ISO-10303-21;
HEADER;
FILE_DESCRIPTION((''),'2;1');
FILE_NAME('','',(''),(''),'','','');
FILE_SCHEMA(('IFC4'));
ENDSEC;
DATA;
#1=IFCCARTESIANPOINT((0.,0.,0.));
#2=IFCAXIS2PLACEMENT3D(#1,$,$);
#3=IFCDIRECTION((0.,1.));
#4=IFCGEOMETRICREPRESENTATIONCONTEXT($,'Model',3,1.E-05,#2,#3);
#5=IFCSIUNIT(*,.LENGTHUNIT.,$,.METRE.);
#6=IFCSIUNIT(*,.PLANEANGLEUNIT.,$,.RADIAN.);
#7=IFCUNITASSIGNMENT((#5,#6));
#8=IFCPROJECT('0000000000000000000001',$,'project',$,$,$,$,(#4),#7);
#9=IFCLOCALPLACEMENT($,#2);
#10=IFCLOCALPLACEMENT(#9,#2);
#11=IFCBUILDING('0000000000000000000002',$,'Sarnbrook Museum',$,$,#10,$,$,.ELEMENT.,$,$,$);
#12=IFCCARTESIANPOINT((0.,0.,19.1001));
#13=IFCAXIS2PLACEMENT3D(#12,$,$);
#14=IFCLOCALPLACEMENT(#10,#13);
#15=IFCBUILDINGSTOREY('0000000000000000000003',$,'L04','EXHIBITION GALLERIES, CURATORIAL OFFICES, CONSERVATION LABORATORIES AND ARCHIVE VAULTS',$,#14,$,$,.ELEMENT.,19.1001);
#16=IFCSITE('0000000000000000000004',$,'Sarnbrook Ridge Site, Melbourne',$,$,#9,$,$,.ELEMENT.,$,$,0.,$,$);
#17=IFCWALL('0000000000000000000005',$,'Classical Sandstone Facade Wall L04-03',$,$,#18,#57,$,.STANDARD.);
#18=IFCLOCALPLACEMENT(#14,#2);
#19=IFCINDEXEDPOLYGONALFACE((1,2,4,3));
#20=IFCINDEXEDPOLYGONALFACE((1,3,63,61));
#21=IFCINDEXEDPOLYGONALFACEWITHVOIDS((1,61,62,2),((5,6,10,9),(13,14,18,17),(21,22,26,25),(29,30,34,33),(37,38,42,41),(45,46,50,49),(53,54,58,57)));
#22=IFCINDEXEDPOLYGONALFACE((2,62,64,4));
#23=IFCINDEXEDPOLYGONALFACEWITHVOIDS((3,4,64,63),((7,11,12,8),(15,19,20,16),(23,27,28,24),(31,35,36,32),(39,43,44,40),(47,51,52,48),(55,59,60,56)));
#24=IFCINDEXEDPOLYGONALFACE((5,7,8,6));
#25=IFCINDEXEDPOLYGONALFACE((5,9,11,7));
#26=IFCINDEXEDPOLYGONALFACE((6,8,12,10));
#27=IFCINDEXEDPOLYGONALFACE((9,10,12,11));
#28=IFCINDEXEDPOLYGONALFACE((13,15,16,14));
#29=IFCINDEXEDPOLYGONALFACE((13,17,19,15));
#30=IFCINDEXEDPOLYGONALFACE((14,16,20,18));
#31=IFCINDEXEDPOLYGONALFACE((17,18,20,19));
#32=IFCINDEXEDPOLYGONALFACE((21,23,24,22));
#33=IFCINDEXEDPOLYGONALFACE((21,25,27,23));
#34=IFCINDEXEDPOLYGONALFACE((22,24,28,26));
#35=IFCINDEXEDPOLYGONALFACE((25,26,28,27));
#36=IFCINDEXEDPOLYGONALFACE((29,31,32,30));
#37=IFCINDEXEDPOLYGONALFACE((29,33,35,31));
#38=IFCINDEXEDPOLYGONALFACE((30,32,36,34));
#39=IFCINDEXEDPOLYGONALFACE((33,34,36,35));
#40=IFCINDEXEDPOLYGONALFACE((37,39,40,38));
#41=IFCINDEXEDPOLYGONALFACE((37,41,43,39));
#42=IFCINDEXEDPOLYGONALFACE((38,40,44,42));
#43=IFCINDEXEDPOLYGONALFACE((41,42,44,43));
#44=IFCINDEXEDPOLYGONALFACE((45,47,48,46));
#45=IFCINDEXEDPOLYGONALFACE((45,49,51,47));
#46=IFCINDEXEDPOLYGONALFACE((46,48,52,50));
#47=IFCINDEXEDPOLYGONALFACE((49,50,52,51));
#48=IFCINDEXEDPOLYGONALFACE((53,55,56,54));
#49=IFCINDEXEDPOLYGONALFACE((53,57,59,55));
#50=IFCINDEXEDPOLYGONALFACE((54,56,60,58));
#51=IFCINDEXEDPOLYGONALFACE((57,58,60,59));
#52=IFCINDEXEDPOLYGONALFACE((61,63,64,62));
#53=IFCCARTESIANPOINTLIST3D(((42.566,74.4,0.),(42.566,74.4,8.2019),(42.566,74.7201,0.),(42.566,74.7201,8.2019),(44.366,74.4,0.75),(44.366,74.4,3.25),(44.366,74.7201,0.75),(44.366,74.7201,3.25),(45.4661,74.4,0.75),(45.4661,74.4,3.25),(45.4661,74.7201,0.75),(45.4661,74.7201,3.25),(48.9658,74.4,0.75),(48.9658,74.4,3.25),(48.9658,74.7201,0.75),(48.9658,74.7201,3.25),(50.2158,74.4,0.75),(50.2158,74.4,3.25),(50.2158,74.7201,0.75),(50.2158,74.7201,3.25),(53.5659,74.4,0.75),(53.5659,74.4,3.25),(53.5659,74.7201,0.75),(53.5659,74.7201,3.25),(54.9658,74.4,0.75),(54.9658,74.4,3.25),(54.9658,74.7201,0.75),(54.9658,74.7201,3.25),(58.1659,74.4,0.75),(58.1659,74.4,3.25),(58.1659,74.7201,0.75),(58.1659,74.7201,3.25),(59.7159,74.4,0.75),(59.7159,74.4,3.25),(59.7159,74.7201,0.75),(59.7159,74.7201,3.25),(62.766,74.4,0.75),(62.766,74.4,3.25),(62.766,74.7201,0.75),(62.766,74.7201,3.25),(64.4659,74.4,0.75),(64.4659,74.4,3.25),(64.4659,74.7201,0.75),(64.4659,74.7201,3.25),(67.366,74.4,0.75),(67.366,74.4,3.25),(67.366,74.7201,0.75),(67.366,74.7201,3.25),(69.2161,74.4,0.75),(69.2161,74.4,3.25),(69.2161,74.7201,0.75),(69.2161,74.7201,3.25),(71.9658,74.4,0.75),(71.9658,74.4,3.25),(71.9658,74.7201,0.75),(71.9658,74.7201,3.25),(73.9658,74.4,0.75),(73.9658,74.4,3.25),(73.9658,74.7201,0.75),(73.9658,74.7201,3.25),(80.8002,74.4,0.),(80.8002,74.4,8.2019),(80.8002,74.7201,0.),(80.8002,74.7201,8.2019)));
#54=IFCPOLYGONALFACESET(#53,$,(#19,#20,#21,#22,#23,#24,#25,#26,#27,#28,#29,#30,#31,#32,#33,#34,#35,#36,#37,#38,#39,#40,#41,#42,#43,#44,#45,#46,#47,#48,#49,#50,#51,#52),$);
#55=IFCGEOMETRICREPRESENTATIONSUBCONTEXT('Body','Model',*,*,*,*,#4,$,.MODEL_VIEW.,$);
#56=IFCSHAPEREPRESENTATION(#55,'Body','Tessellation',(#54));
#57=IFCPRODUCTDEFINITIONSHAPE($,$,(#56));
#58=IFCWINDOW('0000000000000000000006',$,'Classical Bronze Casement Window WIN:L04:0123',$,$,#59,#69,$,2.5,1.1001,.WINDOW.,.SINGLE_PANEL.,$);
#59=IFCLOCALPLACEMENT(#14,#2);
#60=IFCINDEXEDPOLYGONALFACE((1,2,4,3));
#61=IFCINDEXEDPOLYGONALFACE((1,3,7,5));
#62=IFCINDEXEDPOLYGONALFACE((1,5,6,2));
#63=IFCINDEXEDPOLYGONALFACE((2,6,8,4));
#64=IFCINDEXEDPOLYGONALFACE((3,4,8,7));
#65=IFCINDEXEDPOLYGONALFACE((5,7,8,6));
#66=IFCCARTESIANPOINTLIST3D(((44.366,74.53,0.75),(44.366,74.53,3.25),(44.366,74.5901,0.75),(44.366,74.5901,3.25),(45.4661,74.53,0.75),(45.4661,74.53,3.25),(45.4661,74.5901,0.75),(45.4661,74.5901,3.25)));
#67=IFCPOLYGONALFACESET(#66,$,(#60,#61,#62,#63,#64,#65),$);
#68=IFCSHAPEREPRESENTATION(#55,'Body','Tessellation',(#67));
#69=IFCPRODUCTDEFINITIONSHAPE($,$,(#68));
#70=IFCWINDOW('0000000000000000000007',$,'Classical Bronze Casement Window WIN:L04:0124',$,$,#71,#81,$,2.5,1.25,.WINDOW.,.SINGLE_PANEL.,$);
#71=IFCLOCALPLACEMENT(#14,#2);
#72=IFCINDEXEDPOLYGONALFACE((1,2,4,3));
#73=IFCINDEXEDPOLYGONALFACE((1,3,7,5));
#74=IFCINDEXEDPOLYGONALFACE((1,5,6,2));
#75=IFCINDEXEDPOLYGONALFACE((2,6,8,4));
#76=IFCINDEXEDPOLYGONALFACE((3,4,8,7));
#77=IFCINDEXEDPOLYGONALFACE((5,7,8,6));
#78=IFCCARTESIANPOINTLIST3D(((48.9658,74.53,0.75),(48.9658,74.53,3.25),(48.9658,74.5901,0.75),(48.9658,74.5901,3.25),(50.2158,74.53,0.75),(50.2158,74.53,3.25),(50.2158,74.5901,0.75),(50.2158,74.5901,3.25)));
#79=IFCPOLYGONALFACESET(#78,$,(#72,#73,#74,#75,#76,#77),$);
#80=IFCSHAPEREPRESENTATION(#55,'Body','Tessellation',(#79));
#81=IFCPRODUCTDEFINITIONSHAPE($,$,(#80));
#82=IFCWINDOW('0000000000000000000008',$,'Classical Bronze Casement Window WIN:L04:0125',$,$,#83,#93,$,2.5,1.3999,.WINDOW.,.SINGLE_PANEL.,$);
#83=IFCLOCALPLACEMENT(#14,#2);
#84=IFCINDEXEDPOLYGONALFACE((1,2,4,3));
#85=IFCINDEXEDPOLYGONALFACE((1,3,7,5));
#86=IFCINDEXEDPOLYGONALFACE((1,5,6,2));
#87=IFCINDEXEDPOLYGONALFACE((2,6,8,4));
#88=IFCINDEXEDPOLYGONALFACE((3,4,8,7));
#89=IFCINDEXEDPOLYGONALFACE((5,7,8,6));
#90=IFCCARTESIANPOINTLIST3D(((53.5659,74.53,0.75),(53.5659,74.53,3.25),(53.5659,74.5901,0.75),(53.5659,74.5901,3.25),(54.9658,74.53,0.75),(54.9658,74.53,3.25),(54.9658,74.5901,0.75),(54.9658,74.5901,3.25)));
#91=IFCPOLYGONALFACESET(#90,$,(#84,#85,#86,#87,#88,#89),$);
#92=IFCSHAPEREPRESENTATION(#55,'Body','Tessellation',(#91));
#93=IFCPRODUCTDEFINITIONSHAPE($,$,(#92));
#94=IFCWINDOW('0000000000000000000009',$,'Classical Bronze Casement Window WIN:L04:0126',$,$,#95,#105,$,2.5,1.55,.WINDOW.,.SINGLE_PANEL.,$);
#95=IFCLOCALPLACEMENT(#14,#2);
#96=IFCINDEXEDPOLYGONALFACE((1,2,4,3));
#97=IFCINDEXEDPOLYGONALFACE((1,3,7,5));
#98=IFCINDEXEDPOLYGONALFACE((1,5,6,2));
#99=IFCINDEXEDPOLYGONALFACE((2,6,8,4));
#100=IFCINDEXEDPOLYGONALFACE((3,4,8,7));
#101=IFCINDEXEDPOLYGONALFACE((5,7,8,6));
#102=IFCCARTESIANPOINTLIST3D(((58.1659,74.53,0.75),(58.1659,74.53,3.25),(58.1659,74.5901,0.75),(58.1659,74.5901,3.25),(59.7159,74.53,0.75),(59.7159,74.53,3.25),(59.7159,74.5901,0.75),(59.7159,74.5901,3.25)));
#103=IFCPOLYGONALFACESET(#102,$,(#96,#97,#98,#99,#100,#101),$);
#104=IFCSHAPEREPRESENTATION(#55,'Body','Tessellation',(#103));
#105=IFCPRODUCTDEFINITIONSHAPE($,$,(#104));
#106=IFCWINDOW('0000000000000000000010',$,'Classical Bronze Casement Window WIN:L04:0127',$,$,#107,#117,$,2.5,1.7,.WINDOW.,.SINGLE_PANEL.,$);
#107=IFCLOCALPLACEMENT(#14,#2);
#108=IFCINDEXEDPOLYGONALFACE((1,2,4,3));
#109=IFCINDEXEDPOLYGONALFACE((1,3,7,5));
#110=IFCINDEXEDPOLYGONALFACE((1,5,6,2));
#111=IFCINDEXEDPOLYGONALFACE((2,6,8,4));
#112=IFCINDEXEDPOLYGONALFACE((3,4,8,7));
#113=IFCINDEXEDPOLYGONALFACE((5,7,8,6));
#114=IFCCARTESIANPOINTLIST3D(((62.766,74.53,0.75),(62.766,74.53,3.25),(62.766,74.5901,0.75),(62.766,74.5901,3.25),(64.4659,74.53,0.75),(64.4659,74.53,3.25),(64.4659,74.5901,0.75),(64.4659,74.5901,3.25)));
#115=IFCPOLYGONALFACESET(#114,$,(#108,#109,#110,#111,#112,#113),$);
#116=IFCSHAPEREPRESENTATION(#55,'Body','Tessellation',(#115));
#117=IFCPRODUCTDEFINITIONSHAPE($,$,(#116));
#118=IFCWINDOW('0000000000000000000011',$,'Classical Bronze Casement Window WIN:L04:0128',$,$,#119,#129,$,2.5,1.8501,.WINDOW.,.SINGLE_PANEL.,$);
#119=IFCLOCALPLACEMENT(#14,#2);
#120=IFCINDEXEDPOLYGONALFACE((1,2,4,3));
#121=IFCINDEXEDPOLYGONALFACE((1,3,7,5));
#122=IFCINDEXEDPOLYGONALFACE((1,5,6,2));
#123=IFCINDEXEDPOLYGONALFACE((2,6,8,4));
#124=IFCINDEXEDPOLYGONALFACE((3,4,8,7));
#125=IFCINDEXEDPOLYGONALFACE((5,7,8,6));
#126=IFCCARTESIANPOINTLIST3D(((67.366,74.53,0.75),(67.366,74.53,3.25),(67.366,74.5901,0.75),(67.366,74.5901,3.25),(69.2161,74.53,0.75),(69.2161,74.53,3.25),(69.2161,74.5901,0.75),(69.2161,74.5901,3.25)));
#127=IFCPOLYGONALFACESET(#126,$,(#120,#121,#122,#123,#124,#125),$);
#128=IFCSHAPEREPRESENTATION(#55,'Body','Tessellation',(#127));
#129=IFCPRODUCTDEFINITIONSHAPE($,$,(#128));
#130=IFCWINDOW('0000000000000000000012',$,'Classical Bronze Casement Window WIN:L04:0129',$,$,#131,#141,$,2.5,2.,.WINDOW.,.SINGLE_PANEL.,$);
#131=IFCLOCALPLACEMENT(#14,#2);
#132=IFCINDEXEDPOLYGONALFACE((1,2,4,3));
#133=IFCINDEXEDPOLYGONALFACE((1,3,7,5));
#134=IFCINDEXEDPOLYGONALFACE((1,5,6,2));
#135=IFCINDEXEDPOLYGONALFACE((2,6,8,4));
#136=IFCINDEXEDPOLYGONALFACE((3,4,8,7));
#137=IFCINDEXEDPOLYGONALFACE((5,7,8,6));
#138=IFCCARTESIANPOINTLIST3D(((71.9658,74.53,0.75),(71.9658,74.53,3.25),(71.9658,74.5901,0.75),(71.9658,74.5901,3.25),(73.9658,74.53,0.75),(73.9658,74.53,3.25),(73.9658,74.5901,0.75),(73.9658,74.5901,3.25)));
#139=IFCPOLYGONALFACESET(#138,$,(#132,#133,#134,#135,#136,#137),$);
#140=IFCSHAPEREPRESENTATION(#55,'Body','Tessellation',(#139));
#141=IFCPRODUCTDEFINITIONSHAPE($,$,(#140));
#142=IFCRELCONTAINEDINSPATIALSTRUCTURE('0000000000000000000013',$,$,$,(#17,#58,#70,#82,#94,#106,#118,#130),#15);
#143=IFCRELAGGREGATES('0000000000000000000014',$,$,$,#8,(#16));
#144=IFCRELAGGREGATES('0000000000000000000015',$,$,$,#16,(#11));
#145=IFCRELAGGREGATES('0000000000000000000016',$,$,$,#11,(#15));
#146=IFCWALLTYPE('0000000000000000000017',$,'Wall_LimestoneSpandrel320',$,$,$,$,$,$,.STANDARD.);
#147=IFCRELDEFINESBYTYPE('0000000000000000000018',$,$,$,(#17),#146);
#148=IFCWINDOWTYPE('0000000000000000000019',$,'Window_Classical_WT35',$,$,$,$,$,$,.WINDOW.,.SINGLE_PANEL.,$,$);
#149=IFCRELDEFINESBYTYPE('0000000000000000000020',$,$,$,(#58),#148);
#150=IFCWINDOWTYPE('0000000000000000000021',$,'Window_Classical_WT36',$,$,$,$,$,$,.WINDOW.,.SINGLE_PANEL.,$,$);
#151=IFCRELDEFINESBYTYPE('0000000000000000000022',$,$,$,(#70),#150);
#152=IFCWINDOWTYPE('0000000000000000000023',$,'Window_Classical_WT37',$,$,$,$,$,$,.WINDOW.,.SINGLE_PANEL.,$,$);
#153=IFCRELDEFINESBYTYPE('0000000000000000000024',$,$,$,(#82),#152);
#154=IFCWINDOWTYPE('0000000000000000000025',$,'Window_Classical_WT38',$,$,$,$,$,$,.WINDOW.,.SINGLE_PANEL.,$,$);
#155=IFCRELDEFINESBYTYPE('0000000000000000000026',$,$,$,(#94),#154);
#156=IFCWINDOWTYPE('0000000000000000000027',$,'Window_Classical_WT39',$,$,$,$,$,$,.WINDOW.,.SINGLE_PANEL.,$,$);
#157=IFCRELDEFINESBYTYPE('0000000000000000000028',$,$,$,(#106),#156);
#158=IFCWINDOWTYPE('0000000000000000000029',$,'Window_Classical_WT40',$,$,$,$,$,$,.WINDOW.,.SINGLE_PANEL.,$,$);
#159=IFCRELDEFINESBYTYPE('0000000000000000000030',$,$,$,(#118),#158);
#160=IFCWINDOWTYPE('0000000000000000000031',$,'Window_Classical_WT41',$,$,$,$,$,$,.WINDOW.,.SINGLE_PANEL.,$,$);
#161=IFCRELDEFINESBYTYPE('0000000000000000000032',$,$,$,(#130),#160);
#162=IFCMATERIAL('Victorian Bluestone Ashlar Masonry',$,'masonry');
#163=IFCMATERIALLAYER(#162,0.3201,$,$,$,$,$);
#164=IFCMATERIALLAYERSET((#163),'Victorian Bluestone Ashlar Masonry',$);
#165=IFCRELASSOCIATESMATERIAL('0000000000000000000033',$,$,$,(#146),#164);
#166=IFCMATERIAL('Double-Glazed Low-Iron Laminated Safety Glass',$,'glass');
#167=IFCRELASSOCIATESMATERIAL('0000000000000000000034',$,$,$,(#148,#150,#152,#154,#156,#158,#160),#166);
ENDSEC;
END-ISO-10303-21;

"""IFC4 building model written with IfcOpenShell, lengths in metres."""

from ifc_helpers import new_model, si_unit, direction, frame, frame_2d, origin, place, context, subcontext, project, spatial, rectangle, extrude, material, layer, layer_set, type_object, element, fill, save


model = new_model("IFC4")

# Units and contexts
model_context = context("Model", 3, precision=1e-05, world=origin(), true_north=direction((0.0, 1.0)))
body_context = subcontext(model_context, "Body", "Model", "MODEL_VIEW")
ifc_project = project(units=[si_unit("LENGTHUNIT", "METRE"), si_unit("PLANEANGLEUNIT", "RADIAN")], contexts=[model_context])

# Site, building, storey
site_placement = place(None, origin())
site = spatial("IfcSite", under=ifc_project, at=site_placement, Name="Sarnbrook Ridge Site, Melbourne", CompositionType="ELEMENT", RefElevation=0.0)
building_placement = place(site_placement, origin())
building = spatial("IfcBuilding", under=site, at=building_placement, Name="Sarnbrook Museum", CompositionType="ELEMENT")
storey_placement = place(building_placement, frame((0.0, 0.0, 19.1001)))
storey = spatial("IfcBuildingStorey", under=building, at=storey_placement, Name="L04", Description="EXHIBITION GALLERIES, CURATORIAL OFFICES, CONSERVATION LABORATORIES AND ARCHIVE VAULTS", CompositionType="ELEMENT", Elevation=19.1001)

# Shared definitions
ifc_material_1 = material(Name="Double-Glazed Low-Iron Laminated Safety Glass", Category="glass")

# Shared definitions
ifc_material_2 = material(Name="Victorian Bluestone Ashlar Masonry", Category="masonry")
ifc_layer_1 = layer(ifc_material_2, 0.3201)
ifc_layer_set_1 = layer_set([ifc_layer_1], Name="Victorian Bluestone Ashlar Masonry")
wall_type = type_object("IfcWallType", Name="Wall_LimestoneSpandrel320", PredefinedType="STANDARD", material=ifc_layer_set_1)

# Wall, openings, windows
wall_1_placement = place(storey_placement, frame((42.5659, 74.5601, 0.0), z_axis=(0.0, 0.0, 1.0), x_axis=(1.0, 0.0, 0.0)))
wall_1 = element("IfcWall", 1, at=wall_1_placement, inside=storey, type_object=wall_type, Name="Classical Sandstone Facade Wall L04-03", PredefinedType="STANDARD", context=body_context, shape_type="SweptSolid", body=[
    extrude(rectangle(XDim=38.2341, YDim=0.3201, at=frame_2d((19.1172, 0.0))), origin(), (0.0, 0.0, 1.0), 8.2019),
])
opening_1_placement = place(wall_1_placement, frame((1.8, 0.0, 0.75)))
opening_1 = element("IfcOpeningElement", 2, at=opening_1_placement, cuts=wall_1, PredefinedType="OPENING", context=body_context, shape_type="SweptSolid", body=[
    extrude(rectangle(XDim=1.1001, YDim=2.5, at=frame_2d((0.55, 1.25))), frame((0.0, 0.1699, 0.0), z_axis=(0.0, -1.0, 0.0), x_axis=(1.0, 0.0, 0.0)), (0.0, 0.0, 1.0), 0.3401),
])
opening_2_placement = place(wall_1_placement, frame((6.3999, 0.0, 0.75)))
opening_2 = element("IfcOpeningElement", 3, at=opening_2_placement, cuts=wall_1, PredefinedType="OPENING", context=body_context, shape_type="SweptSolid", body=[
    extrude(rectangle(XDim=1.25, YDim=2.5, at=frame_2d((0.625, 1.25))), frame((0.0, 0.1699, 0.0), z_axis=(0.0, -1.0, 0.0), x_axis=(1.0, 0.0, 0.0)), (0.0, 0.0, 1.0), 0.3401),
])
opening_3_placement = place(wall_1_placement, frame((11.0, 0.0, 0.75)))
opening_3 = element("IfcOpeningElement", 4, at=opening_3_placement, cuts=wall_1, PredefinedType="OPENING", context=body_context, shape_type="SweptSolid", body=[
    extrude(rectangle(XDim=1.3999, YDim=2.5, at=frame_2d((0.7, 1.25))), frame((0.0, 0.1699, 0.0), z_axis=(0.0, -1.0, 0.0), x_axis=(1.0, 0.0, 0.0)), (0.0, 0.0, 1.0), 0.3401),
])
opening_4_placement = place(wall_1_placement, frame((15.6001, 0.0, 0.75)))
opening_4 = element("IfcOpeningElement", 5, at=opening_4_placement, cuts=wall_1, PredefinedType="OPENING", context=body_context, shape_type="SweptSolid", body=[
    extrude(rectangle(XDim=1.55, YDim=2.5, at=frame_2d((0.7749, 1.25))), frame((0.0, 0.1699, 0.0), z_axis=(0.0, -1.0, 0.0), x_axis=(1.0, 0.0, 0.0)), (0.0, 0.0, 1.0), 0.3401),
])
opening_5_placement = place(wall_1_placement, frame((20.2, 0.0, 0.75)))
opening_5 = element("IfcOpeningElement", 6, at=opening_5_placement, cuts=wall_1, PredefinedType="OPENING", context=body_context, shape_type="SweptSolid", body=[
    extrude(rectangle(XDim=1.7, YDim=2.5, at=frame_2d((0.8501, 1.25))), frame((0.0, 0.1699, 0.0), z_axis=(0.0, -1.0, 0.0), x_axis=(1.0, 0.0, 0.0)), (0.0, 0.0, 1.0), 0.3401),
])
opening_6_placement = place(wall_1_placement, frame((24.8, 0.0, 0.75)))
opening_6 = element("IfcOpeningElement", 7, at=opening_6_placement, cuts=wall_1, PredefinedType="OPENING", context=body_context, shape_type="SweptSolid", body=[
    extrude(rectangle(XDim=1.8501, YDim=2.5, at=frame_2d((0.925, 1.25))), frame((0.0, 0.1699, 0.0), z_axis=(0.0, -1.0, 0.0), x_axis=(1.0, 0.0, 0.0)), (0.0, 0.0, 1.0), 0.3401),
])
opening_7_placement = place(wall_1_placement, frame((29.3999, 0.0, 0.75)))
opening_7 = element("IfcOpeningElement", 8, at=opening_7_placement, cuts=wall_1, PredefinedType="OPENING", context=body_context, shape_type="SweptSolid", body=[
    extrude(rectangle(XDim=2.0, YDim=2.5, at=frame_2d((1.0, 1.25))), frame((0.0, 0.1699, 0.0), z_axis=(0.0, -1.0, 0.0), x_axis=(1.0, 0.0, 0.0)), (0.0, 0.0, 1.0), 0.3401),
])
window_type_1 = type_object("IfcWindowType", Name="Window_Classical_WT35", PartitioningType="SINGLE_PANEL", PredefinedType="WINDOW", material=ifc_material_1)
window_1_placement = place(opening_1_placement, origin())
window_1 = element("IfcWindow", 9, at=window_1_placement, inside=storey, type_object=window_type_1, Name="Classical Bronze Casement Window WIN:L04:0123", OverallHeight=2.5, OverallWidth=1.1001, PartitioningType="SINGLE_PANEL", PredefinedType="WINDOW", context=body_context, shape_type="SweptSolid", body=[
    extrude(rectangle(XDim=1.1001, YDim=2.5, at=frame_2d((0.55, 1.25))), frame((0.0, 0.03, 0.0), z_axis=(0.0, -1.0, 0.0), x_axis=(1.0, 0.0, 0.0)), (0.0, 0.0, 1.0), 0.0601),
])
fill(opening_1, window_1)
window_type_2 = type_object("IfcWindowType", Name="Window_Classical_WT36", PartitioningType="SINGLE_PANEL", PredefinedType="WINDOW", material=ifc_material_1)
window_2_placement = place(opening_2_placement, origin())
window_2 = element("IfcWindow", 10, at=window_2_placement, inside=storey, type_object=window_type_2, Name="Classical Bronze Casement Window WIN:L04:0124", OverallHeight=2.5, OverallWidth=1.25, PartitioningType="SINGLE_PANEL", PredefinedType="WINDOW", context=body_context, shape_type="SweptSolid", body=[
    extrude(rectangle(XDim=1.25, YDim=2.5, at=frame_2d((0.625, 1.25))), frame((0.0, 0.03, 0.0), z_axis=(0.0, -1.0, 0.0), x_axis=(1.0, 0.0, 0.0)), (0.0, 0.0, 1.0), 0.0601),
])
fill(opening_2, window_2)
window_type_3 = type_object("IfcWindowType", Name="Window_Classical_WT37", PartitioningType="SINGLE_PANEL", PredefinedType="WINDOW", material=ifc_material_1)
window_3_placement = place(opening_3_placement, origin())
window_3 = element("IfcWindow", 11, at=window_3_placement, inside=storey, type_object=window_type_3, Name="Classical Bronze Casement Window WIN:L04:0125", OverallHeight=2.5, OverallWidth=1.3999, PartitioningType="SINGLE_PANEL", PredefinedType="WINDOW", context=body_context, shape_type="SweptSolid", body=[
    extrude(rectangle(XDim=1.3999, YDim=2.5, at=frame_2d((0.7, 1.25))), frame((0.0, 0.03, 0.0), z_axis=(0.0, -1.0, 0.0), x_axis=(1.0, 0.0, 0.0)), (0.0, 0.0, 1.0), 0.0601),
])
fill(opening_3, window_3)
window_type_4 = type_object("IfcWindowType", Name="Window_Classical_WT38", PartitioningType="SINGLE_PANEL", PredefinedType="WINDOW", material=ifc_material_1)
window_4_placement = place(opening_4_placement, origin())
window_4 = element("IfcWindow", 12, at=window_4_placement, inside=storey, type_object=window_type_4, Name="Classical Bronze Casement Window WIN:L04:0126", OverallHeight=2.5, OverallWidth=1.55, PartitioningType="SINGLE_PANEL", PredefinedType="WINDOW", context=body_context, shape_type="SweptSolid", body=[
    extrude(rectangle(XDim=1.55, YDim=2.5, at=frame_2d((0.7749, 1.25))), frame((0.0, 0.03, 0.0), z_axis=(0.0, -1.0, 0.0), x_axis=(1.0, 0.0, 0.0)), (0.0, 0.0, 1.0), 0.0601),
])
fill(opening_4, window_4)
window_type_5 = type_object("IfcWindowType", Name="Window_Classical_WT39", PartitioningType="SINGLE_PANEL", PredefinedType="WINDOW", material=ifc_material_1)
window_5_placement = place(opening_5_placement, origin())
window_5 = element("IfcWindow", 13, at=window_5_placement, inside=storey, type_object=window_type_5, Name="Classical Bronze Casement Window WIN:L04:0127", OverallHeight=2.5, OverallWidth=1.7, PartitioningType="SINGLE_PANEL", PredefinedType="WINDOW", context=body_context, shape_type="SweptSolid", body=[
    extrude(rectangle(XDim=1.7, YDim=2.5, at=frame_2d((0.8501, 1.25))), frame((0.0, 0.03, 0.0), z_axis=(0.0, -1.0, 0.0), x_axis=(1.0, 0.0, 0.0)), (0.0, 0.0, 1.0), 0.0601),
])
fill(opening_5, window_5)
window_type_6 = type_object("IfcWindowType", Name="Window_Classical_WT40", PartitioningType="SINGLE_PANEL", PredefinedType="WINDOW", material=ifc_material_1)
window_6_placement = place(opening_6_placement, origin())
window_6 = element("IfcWindow", 14, at=window_6_placement, inside=storey, type_object=window_type_6, Name="Classical Bronze Casement Window WIN:L04:0128", OverallHeight=2.5, OverallWidth=1.8501, PartitioningType="SINGLE_PANEL", PredefinedType="WINDOW", context=body_context, shape_type="SweptSolid", body=[
    extrude(rectangle(XDim=1.8501, YDim=2.5, at=frame_2d((0.925, 1.25))), frame((0.0, 0.03, 0.0), z_axis=(0.0, -1.0, 0.0), x_axis=(1.0, 0.0, 0.0)), (0.0, 0.0, 1.0), 0.0601),
])
fill(opening_6, window_6)
window_type_7 = type_object("IfcWindowType", Name="Window_Classical_WT41", PartitioningType="SINGLE_PANEL", PredefinedType="WINDOW", material=ifc_material_1)
window_7_placement = place(opening_7_placement, origin())
window_7 = element("IfcWindow", 15, at=window_7_placement, inside=storey, type_object=window_type_7, Name="Classical Bronze Casement Window WIN:L04:0129", OverallHeight=2.5, OverallWidth=2.0, PartitioningType="SINGLE_PANEL", PredefinedType="WINDOW", context=body_context, shape_type="SweptSolid", body=[
    extrude(rectangle(XDim=2.0, YDim=2.5, at=frame_2d((1.0, 1.25))), frame((0.0, 0.03, 0.0), z_axis=(0.0, -1.0, 0.0), x_axis=(1.0, 0.0, 0.0)), (0.0, 0.0, 1.0), 0.0601),
])
fill(opening_7, window_7)

save(model, "model.ifc")
